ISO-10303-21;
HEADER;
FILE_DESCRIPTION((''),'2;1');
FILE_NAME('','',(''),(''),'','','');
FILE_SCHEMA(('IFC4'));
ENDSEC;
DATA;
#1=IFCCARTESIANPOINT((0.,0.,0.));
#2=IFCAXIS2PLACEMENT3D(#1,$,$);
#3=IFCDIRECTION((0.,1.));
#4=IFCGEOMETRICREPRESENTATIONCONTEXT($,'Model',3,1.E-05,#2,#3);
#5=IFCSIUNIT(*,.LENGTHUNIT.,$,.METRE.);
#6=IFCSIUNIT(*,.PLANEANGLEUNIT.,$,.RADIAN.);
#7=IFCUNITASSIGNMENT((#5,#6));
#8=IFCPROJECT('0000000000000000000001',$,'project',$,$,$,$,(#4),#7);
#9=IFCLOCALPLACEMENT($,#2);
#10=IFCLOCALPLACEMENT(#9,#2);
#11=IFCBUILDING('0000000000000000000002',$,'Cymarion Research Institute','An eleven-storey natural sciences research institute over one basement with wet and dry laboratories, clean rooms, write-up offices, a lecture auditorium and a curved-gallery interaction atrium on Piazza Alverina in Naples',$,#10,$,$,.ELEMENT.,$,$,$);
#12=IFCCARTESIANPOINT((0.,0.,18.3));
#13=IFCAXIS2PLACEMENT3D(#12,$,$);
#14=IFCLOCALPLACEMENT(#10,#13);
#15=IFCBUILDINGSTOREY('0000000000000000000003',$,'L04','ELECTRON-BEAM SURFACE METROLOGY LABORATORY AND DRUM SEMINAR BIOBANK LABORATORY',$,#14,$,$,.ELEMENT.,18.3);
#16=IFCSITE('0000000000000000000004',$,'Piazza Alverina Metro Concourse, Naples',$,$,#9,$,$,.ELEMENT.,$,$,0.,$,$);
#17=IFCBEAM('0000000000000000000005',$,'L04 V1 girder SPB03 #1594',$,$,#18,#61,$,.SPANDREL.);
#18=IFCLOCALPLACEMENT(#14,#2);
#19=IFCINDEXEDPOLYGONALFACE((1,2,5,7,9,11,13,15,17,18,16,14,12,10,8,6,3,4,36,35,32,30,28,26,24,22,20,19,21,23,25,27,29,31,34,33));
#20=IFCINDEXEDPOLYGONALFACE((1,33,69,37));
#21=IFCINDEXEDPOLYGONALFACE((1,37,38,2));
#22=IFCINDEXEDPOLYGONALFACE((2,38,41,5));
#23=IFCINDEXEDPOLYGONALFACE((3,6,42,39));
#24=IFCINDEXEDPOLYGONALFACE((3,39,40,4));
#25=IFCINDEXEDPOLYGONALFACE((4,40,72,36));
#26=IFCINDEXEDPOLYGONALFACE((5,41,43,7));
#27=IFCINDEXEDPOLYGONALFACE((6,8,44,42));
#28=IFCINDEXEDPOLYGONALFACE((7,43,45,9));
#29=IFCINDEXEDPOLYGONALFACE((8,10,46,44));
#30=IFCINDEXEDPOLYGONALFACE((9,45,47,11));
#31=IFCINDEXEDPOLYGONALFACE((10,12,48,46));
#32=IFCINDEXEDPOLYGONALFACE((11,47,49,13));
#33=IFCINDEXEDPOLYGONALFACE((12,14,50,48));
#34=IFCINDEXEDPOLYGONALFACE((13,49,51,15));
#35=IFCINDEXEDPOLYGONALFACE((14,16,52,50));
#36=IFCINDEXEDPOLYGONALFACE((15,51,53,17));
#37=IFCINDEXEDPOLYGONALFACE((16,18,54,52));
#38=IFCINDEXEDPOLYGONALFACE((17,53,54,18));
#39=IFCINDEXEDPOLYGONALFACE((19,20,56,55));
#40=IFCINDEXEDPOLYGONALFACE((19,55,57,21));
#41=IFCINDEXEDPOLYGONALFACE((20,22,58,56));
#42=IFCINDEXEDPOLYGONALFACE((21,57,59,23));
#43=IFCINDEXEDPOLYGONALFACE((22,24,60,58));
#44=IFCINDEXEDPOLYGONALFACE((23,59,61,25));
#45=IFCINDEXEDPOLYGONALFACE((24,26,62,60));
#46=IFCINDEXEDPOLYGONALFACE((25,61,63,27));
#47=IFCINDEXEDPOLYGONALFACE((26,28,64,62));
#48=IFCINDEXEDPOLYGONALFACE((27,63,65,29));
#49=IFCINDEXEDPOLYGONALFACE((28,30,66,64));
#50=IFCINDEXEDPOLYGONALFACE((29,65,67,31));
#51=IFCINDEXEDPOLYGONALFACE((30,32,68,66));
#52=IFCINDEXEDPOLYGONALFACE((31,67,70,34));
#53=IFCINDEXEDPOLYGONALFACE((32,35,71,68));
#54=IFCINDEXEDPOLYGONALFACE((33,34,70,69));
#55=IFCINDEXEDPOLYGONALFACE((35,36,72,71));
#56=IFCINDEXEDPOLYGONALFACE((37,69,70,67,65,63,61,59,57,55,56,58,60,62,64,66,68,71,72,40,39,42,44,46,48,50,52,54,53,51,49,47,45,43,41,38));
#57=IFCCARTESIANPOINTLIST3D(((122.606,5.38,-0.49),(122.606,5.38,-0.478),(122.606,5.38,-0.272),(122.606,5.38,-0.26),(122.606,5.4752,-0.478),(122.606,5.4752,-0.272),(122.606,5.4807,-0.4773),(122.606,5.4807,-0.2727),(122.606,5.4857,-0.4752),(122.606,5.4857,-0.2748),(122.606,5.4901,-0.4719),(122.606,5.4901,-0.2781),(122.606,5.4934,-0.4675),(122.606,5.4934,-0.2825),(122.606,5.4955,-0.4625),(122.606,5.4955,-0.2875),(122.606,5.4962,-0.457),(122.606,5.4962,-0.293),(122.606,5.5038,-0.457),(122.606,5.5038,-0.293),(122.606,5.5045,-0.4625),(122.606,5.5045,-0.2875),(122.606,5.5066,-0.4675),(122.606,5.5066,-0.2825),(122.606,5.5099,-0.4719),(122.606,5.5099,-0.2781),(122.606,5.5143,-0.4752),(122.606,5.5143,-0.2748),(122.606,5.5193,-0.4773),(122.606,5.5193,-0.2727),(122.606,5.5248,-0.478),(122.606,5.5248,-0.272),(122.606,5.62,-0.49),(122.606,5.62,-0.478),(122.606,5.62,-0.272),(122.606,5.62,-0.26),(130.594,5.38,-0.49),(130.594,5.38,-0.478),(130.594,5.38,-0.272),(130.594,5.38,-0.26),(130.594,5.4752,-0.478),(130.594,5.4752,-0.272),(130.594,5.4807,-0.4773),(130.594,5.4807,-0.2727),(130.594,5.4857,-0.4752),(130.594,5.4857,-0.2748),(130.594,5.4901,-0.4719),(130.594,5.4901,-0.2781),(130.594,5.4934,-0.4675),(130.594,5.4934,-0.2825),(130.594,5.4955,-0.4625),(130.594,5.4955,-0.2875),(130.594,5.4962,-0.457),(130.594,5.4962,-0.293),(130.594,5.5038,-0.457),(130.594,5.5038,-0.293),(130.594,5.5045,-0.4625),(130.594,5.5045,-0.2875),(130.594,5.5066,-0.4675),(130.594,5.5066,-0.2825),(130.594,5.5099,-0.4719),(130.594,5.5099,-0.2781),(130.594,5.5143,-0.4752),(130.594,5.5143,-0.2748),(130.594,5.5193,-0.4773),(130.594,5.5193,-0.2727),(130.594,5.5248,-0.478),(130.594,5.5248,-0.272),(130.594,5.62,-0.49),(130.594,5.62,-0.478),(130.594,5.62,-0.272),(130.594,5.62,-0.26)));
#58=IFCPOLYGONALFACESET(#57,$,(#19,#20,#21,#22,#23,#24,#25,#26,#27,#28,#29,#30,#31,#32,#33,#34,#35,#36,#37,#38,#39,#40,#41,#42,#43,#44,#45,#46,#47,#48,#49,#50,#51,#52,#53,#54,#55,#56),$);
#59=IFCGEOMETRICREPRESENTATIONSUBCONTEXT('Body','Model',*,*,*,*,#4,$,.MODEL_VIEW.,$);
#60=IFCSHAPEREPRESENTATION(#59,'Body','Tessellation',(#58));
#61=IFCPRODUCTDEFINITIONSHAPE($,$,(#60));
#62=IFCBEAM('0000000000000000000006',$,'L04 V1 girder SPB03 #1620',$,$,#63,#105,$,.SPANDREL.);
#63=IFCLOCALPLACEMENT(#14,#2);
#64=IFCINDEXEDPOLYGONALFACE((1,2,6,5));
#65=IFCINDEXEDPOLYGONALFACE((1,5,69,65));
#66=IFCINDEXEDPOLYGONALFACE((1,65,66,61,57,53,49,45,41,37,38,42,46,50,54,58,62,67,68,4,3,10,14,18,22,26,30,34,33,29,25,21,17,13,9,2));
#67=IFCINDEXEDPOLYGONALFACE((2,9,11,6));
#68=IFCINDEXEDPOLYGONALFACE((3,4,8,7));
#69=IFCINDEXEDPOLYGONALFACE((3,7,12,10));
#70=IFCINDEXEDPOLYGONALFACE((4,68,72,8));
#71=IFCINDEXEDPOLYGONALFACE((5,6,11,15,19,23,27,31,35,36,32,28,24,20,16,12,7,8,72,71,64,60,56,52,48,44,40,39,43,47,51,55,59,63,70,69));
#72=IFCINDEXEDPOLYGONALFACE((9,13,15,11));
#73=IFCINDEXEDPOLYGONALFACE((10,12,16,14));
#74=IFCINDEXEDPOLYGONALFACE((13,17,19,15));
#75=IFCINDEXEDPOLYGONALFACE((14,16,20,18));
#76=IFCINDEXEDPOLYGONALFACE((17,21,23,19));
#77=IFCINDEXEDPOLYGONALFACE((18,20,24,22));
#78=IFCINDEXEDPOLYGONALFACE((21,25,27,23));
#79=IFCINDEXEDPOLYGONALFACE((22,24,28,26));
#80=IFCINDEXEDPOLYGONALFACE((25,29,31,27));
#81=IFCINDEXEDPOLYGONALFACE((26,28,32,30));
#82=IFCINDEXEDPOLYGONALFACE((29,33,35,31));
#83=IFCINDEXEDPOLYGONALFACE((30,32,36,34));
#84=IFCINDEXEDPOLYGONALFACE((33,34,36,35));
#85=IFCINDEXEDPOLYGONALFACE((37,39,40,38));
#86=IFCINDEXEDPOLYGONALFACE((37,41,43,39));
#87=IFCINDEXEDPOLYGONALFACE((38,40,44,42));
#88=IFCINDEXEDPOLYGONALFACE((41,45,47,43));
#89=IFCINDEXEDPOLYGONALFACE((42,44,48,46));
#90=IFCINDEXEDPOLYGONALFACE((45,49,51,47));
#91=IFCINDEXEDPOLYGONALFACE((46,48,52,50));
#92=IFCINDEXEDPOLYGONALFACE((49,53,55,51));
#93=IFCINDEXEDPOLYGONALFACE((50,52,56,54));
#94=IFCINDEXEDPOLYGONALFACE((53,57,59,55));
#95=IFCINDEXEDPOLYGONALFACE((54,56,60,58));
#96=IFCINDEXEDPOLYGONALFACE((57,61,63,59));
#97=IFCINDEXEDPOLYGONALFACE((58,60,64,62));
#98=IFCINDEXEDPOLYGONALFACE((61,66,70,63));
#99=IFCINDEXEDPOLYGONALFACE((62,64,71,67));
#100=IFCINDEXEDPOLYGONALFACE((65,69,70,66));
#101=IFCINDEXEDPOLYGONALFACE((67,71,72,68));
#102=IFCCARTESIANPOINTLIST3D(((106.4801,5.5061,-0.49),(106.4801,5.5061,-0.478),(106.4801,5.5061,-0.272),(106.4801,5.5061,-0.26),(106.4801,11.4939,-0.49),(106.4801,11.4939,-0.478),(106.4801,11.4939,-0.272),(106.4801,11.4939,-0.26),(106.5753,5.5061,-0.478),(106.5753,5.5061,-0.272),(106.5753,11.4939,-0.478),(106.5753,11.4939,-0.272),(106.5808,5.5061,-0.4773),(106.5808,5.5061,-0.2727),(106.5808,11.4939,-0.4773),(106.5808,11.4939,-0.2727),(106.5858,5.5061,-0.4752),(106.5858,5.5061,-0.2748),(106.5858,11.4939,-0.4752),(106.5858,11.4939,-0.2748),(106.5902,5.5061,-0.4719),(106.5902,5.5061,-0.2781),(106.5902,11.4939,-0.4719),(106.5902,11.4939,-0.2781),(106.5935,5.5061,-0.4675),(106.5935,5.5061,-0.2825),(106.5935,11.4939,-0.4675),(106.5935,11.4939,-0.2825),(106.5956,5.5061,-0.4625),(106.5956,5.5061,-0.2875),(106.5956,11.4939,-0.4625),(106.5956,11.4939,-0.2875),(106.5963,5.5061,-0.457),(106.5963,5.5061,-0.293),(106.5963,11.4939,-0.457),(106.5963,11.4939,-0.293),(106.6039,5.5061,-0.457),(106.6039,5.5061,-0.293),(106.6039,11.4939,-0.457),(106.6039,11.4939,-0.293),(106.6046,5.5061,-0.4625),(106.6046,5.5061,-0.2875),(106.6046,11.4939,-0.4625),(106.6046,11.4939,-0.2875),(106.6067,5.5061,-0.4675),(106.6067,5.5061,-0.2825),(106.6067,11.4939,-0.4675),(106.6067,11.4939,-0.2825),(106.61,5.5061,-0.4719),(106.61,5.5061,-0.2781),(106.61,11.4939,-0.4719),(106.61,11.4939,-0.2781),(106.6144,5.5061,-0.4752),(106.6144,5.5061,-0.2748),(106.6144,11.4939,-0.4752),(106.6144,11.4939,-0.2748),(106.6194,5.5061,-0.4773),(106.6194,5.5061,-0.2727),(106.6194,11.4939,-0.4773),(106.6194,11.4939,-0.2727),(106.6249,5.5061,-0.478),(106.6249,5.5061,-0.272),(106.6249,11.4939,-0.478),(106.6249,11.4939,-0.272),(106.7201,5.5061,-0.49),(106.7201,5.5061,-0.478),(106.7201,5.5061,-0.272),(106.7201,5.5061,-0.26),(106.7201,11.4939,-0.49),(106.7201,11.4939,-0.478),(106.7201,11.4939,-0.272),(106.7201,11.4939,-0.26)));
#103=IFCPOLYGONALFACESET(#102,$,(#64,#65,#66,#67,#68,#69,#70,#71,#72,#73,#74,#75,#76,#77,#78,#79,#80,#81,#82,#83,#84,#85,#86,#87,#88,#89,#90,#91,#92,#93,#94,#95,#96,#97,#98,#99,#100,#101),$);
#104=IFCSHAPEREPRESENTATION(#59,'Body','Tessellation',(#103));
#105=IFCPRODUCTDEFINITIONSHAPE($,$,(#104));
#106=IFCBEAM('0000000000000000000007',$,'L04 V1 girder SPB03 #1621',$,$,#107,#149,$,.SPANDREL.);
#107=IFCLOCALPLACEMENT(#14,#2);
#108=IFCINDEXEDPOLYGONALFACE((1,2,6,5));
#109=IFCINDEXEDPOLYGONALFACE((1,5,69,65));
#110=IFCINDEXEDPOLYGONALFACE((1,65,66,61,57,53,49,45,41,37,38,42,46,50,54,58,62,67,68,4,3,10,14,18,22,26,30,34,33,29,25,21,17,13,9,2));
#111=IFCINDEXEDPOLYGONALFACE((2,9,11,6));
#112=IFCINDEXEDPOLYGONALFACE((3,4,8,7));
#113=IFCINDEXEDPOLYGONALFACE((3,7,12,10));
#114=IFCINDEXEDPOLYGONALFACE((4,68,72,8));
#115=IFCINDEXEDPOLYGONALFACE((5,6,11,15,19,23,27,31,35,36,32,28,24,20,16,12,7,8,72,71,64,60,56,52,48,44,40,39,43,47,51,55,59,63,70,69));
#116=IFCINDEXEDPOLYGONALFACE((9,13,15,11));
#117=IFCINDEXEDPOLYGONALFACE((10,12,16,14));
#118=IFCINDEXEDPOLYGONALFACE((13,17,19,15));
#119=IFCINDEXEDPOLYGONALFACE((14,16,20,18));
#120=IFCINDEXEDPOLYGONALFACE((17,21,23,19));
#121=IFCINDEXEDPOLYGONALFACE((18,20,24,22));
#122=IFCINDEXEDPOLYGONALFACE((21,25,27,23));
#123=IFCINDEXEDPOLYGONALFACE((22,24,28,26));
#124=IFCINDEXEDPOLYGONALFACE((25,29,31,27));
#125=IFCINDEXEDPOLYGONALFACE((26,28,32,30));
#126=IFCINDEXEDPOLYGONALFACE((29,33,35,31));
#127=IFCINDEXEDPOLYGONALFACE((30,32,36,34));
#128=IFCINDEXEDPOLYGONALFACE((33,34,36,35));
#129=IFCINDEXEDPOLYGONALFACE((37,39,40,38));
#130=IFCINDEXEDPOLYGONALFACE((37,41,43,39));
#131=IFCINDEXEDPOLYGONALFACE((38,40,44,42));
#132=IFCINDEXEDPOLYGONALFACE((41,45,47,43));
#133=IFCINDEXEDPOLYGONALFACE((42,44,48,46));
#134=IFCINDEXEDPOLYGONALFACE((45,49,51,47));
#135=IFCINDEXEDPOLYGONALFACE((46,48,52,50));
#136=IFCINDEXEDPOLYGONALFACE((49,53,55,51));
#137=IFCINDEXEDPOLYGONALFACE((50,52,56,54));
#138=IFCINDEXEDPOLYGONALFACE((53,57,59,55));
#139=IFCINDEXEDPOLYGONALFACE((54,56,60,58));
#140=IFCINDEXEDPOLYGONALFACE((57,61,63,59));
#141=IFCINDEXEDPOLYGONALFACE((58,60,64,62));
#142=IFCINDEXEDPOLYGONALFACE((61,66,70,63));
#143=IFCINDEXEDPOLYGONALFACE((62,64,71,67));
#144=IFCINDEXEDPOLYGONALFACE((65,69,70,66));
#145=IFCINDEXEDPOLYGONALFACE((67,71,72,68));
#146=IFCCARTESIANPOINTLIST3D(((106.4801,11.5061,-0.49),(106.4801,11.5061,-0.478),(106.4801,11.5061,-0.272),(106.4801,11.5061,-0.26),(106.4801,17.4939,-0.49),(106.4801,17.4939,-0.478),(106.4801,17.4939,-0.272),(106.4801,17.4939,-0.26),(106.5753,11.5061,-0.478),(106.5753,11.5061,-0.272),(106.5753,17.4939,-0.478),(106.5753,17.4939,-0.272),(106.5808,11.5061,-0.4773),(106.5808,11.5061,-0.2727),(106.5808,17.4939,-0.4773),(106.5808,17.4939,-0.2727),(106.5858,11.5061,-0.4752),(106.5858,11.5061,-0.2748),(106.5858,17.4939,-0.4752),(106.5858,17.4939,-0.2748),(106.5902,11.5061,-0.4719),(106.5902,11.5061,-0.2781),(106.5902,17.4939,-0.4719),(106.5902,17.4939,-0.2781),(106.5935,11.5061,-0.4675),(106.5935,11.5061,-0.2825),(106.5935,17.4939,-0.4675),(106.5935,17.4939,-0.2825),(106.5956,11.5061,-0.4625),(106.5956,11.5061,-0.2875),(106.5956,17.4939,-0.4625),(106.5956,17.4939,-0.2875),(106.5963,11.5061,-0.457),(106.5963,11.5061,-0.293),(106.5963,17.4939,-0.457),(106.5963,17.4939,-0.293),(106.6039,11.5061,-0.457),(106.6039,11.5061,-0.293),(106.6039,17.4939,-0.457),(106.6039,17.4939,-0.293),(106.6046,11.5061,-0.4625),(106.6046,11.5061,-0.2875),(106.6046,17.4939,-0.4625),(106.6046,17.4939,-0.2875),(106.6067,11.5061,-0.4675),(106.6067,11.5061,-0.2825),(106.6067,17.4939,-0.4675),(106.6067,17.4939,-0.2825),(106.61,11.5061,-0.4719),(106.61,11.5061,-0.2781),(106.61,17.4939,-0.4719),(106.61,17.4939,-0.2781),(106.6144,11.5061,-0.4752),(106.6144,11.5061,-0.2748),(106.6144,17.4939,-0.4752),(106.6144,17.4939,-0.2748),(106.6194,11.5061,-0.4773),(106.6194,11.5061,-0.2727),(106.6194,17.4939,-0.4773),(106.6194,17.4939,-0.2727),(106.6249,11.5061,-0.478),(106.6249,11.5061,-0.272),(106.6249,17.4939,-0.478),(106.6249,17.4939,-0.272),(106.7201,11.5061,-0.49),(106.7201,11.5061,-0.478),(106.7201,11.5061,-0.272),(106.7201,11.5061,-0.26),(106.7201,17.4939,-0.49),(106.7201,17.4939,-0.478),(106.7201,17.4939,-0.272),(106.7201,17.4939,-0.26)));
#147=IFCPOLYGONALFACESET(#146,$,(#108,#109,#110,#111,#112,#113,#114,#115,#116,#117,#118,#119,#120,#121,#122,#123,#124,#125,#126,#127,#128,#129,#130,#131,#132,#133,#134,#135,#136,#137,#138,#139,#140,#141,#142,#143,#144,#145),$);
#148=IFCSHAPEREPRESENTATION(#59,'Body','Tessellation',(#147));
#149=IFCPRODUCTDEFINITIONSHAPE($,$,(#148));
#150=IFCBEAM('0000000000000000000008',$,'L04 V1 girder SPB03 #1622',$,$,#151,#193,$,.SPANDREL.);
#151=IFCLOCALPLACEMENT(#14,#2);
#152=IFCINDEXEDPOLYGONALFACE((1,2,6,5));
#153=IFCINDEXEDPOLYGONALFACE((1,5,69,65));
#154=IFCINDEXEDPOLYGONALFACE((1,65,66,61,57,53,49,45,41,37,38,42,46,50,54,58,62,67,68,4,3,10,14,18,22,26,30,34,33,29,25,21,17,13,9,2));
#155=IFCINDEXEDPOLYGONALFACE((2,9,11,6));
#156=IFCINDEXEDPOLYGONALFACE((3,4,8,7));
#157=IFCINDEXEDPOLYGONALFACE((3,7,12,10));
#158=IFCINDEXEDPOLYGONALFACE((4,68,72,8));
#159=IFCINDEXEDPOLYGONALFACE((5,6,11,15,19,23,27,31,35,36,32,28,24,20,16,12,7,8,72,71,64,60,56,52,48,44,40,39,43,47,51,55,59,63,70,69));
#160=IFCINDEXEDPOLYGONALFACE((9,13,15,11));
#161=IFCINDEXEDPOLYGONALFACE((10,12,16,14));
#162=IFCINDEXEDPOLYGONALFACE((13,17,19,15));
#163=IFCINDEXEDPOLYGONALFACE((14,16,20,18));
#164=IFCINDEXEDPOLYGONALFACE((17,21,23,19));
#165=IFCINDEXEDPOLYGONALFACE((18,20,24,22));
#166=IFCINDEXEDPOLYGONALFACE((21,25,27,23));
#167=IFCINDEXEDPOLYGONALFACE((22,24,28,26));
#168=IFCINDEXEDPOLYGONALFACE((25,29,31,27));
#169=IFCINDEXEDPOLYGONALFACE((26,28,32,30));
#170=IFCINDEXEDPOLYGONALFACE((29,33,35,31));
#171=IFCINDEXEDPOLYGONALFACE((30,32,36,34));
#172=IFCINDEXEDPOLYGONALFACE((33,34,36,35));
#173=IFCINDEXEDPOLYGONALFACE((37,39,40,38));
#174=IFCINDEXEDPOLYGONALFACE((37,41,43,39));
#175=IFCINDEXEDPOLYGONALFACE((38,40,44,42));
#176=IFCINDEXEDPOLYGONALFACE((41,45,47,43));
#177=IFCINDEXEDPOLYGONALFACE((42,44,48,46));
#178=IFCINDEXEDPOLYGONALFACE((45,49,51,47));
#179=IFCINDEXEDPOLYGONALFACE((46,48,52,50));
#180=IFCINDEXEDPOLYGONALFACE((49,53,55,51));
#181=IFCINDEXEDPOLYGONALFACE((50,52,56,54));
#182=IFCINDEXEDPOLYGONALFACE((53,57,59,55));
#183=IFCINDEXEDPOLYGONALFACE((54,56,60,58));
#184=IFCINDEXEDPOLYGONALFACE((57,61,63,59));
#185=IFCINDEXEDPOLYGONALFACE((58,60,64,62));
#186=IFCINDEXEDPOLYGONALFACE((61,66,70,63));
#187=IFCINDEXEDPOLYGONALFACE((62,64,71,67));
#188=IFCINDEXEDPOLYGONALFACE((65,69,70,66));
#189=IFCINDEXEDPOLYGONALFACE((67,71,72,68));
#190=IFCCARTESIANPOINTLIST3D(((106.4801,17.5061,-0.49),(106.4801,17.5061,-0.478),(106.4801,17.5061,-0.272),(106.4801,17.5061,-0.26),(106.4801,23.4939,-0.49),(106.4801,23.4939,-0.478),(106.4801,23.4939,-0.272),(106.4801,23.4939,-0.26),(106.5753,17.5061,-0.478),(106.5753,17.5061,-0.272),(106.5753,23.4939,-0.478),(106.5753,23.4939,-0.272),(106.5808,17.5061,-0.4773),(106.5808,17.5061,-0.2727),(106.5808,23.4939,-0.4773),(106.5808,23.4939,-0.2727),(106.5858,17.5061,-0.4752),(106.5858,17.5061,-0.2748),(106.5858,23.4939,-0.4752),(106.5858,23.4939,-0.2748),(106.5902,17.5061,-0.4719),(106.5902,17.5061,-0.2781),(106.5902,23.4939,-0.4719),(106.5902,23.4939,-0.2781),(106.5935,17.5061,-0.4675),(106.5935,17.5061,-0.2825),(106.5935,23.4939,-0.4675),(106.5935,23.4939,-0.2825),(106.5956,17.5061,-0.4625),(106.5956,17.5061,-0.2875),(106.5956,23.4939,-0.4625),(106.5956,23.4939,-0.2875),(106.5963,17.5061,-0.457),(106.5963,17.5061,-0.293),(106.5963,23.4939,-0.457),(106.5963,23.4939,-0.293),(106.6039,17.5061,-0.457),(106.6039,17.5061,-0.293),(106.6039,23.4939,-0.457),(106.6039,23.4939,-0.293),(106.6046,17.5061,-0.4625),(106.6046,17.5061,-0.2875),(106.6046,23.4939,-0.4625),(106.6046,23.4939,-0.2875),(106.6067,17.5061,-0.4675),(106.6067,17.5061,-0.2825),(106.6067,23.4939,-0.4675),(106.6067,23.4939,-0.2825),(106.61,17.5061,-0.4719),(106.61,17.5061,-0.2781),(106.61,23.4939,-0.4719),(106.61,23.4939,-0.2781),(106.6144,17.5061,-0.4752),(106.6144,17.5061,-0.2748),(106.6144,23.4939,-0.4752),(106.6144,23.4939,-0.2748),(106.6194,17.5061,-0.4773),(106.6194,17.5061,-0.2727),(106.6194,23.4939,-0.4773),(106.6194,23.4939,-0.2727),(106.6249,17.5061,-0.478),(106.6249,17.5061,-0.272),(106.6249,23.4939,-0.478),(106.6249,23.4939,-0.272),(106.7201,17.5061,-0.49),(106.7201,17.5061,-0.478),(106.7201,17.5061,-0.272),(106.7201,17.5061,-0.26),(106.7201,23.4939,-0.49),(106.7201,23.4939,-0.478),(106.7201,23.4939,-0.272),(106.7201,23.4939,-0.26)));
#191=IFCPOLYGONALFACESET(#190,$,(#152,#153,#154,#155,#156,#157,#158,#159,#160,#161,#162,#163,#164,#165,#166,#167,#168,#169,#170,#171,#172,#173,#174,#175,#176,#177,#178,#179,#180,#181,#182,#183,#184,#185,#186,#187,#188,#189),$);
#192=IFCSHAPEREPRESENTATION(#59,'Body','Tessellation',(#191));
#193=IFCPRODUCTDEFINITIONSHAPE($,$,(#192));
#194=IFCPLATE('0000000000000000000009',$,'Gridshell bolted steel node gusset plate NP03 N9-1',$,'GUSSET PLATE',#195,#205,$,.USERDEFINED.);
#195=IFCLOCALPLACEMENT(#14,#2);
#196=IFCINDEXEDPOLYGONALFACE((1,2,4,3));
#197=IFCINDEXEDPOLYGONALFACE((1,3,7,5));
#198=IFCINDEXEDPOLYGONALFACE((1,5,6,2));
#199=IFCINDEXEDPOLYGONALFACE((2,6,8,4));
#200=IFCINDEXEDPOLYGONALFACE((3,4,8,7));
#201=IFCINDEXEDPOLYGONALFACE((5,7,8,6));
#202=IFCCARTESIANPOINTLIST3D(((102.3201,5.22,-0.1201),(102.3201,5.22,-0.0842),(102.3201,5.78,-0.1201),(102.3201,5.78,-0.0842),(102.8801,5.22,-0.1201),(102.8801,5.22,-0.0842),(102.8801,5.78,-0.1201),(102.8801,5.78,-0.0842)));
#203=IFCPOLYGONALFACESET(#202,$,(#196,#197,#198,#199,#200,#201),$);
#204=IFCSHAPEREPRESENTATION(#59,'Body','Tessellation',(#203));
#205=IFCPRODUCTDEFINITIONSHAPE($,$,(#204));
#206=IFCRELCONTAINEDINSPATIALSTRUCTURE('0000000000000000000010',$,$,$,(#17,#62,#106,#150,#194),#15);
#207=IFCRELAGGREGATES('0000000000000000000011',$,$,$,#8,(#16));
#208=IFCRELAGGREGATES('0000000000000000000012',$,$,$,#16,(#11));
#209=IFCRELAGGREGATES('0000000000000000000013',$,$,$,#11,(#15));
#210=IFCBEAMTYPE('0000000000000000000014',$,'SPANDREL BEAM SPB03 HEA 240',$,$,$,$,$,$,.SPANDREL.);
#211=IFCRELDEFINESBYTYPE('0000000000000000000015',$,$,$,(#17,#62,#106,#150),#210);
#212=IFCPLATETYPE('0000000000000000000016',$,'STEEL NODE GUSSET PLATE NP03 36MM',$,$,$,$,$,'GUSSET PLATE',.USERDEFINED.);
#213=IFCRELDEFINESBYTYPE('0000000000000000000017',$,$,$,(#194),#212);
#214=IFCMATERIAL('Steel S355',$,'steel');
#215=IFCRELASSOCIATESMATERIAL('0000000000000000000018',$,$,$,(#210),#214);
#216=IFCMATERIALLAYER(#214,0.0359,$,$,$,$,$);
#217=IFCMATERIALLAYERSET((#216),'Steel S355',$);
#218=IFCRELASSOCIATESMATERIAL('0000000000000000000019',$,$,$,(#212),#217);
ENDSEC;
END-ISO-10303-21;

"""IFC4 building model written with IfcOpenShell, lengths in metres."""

from ifc_helpers import new_model, si_unit, direction, frame, origin, origin_2d, place, context, subcontext, project, spatial, rectangle, i_section, extrude, material, layer, layer_set, material_profile, profile_set, type_object, element, save


model = new_model("IFC4")

# Units and contexts
model_context = context("Model", 3, precision=1e-05, world=origin(), true_north=direction((0.0, 1.0)))
body_context = subcontext(model_context, "Body", "Model", "MODEL_VIEW")
ifc_project = project(units=[si_unit("LENGTHUNIT", "METRE"), si_unit("PLANEANGLEUNIT", "RADIAN")], contexts=[model_context])

# Site, building, storey
site_placement = place(None, origin())
site = spatial("IfcSite", under=ifc_project, at=site_placement, Name="Piazza Alverina Metro Concourse, Naples", CompositionType="ELEMENT", RefElevation=0.0)
building_placement = place(site_placement, origin())
building = spatial("IfcBuilding", under=site, at=building_placement, Name="Cymarion Research Institute", Description="An eleven-storey natural sciences research institute over one basement with wet and dry laboratories, clean rooms, write-up offices, a lecture auditorium and a curved-gallery interaction atrium on Piazza Alverina in Naples", CompositionType="ELEMENT")
storey_placement = place(building_placement, frame((0.0, 0.0, 18.3)))
storey = spatial("IfcBuildingStorey", under=building, at=storey_placement, Name="L04", Description="ELECTRON-BEAM SURFACE METROLOGY LABORATORY AND DRUM SEMINAR BIOBANK LABORATORY", CompositionType="ELEMENT", Elevation=18.3)

# Beams
ifc_material = material(Name="Steel S355", Category="steel")
ifc_material_profile_1 = material_profile(ifc_material, i_section(OverallWidth=0.24, OverallDepth=0.23, WebThickness=0.0076, FlangeThickness=0.012, FilletRadius=0.021, at=origin_2d()), Name="HEA 240")
ifc_profile_set_1 = profile_set([ifc_material_profile_1], Name="Steel S355")
beam_type_1 = type_object("IfcBeamType", Name="SPANDREL BEAM SPB03 HEA 240", PredefinedType="SPANDREL", material=ifc_profile_set_1)
for number, where, z_axis, x_axis, name in (
    (1, (122.606, 5.5, -0.375), (1.0, 0.0, 0.0), (0.0, 1.0, 0.0), "L04 V1 girder SPB03 #1594"),
):
    element("IfcBeam", number, at=place(storey_placement, frame(where, z_axis=z_axis, x_axis=x_axis)), inside=storey, type_object=beam_type_1, Name=name, PredefinedType="SPANDREL", context=body_context, shape_type="SweptSolid", body=[
        extrude(i_section(OverallWidth=0.24, OverallDepth=0.23, WebThickness=0.0076, FlangeThickness=0.012, FilletRadius=0.021, at=origin_2d()), origin(), (0.0, 0.0, 1.0), 7.988),
    ])
for number, where, z_axis, x_axis, name in (
    (2, (106.6001, 5.5061, -0.375), (0.0, 1.0, 0.0), (-1.0, 0.0, 0.0), "L04 V1 girder SPB03 #1620"),
    (3, (106.6001, 11.5061, -0.375), (0.0, 1.0, 0.0), (-1.0, 0.0, 0.0), "L04 V1 girder SPB03 #1621"),
    (4, (106.6001, 17.5061, -0.375), (0.0, 1.0, 0.0), (-1.0, 0.0, 0.0), "L04 V1 girder SPB03 #1622"),
):
    element("IfcBeam", number, at=place(storey_placement, frame(where, z_axis=z_axis, x_axis=x_axis)), inside=storey, type_object=beam_type_1, Name=name, PredefinedType="SPANDREL", context=body_context, shape_type="SweptSolid", body=[
        extrude(i_section(OverallWidth=0.24, OverallDepth=0.23, WebThickness=0.0076, FlangeThickness=0.012, FilletRadius=0.021, at=origin_2d()), origin(), (0.0, 0.0, 1.0), 5.9878),
    ])

# Plate
ifc_layer = layer(ifc_material, 0.0359)
ifc_layer_set = layer_set([ifc_layer], Name="Steel S355")
plate_type = type_object("IfcPlateType", Name="STEEL NODE GUSSET PLATE NP03 36MM", ElementType="GUSSET PLATE", PredefinedType="USERDEFINED", material=ifc_layer_set)
for number, where, z_axis, x_axis, name in (
    (5, (102.6001, 5.5, -0.1201), (0.0, 0.0, 1.0), (1.0, 0.0, 0.0), "Gridshell bolted steel node gusset plate NP03 N9-1"),
):
    element("IfcPlate", number, at=place(storey_placement, frame(where, z_axis=z_axis, x_axis=x_axis)), inside=storey, type_object=plate_type, Name=name, ObjectType="GUSSET PLATE", PredefinedType="USERDEFINED", context=body_context, shape_type="SweptSolid", body=[
        extrude(rectangle(XDim=0.5601, YDim=0.5601, at=origin_2d()), origin(), (0.0, 0.0, 1.0), 0.0359),
    ])

save(model, "model.ifc")
